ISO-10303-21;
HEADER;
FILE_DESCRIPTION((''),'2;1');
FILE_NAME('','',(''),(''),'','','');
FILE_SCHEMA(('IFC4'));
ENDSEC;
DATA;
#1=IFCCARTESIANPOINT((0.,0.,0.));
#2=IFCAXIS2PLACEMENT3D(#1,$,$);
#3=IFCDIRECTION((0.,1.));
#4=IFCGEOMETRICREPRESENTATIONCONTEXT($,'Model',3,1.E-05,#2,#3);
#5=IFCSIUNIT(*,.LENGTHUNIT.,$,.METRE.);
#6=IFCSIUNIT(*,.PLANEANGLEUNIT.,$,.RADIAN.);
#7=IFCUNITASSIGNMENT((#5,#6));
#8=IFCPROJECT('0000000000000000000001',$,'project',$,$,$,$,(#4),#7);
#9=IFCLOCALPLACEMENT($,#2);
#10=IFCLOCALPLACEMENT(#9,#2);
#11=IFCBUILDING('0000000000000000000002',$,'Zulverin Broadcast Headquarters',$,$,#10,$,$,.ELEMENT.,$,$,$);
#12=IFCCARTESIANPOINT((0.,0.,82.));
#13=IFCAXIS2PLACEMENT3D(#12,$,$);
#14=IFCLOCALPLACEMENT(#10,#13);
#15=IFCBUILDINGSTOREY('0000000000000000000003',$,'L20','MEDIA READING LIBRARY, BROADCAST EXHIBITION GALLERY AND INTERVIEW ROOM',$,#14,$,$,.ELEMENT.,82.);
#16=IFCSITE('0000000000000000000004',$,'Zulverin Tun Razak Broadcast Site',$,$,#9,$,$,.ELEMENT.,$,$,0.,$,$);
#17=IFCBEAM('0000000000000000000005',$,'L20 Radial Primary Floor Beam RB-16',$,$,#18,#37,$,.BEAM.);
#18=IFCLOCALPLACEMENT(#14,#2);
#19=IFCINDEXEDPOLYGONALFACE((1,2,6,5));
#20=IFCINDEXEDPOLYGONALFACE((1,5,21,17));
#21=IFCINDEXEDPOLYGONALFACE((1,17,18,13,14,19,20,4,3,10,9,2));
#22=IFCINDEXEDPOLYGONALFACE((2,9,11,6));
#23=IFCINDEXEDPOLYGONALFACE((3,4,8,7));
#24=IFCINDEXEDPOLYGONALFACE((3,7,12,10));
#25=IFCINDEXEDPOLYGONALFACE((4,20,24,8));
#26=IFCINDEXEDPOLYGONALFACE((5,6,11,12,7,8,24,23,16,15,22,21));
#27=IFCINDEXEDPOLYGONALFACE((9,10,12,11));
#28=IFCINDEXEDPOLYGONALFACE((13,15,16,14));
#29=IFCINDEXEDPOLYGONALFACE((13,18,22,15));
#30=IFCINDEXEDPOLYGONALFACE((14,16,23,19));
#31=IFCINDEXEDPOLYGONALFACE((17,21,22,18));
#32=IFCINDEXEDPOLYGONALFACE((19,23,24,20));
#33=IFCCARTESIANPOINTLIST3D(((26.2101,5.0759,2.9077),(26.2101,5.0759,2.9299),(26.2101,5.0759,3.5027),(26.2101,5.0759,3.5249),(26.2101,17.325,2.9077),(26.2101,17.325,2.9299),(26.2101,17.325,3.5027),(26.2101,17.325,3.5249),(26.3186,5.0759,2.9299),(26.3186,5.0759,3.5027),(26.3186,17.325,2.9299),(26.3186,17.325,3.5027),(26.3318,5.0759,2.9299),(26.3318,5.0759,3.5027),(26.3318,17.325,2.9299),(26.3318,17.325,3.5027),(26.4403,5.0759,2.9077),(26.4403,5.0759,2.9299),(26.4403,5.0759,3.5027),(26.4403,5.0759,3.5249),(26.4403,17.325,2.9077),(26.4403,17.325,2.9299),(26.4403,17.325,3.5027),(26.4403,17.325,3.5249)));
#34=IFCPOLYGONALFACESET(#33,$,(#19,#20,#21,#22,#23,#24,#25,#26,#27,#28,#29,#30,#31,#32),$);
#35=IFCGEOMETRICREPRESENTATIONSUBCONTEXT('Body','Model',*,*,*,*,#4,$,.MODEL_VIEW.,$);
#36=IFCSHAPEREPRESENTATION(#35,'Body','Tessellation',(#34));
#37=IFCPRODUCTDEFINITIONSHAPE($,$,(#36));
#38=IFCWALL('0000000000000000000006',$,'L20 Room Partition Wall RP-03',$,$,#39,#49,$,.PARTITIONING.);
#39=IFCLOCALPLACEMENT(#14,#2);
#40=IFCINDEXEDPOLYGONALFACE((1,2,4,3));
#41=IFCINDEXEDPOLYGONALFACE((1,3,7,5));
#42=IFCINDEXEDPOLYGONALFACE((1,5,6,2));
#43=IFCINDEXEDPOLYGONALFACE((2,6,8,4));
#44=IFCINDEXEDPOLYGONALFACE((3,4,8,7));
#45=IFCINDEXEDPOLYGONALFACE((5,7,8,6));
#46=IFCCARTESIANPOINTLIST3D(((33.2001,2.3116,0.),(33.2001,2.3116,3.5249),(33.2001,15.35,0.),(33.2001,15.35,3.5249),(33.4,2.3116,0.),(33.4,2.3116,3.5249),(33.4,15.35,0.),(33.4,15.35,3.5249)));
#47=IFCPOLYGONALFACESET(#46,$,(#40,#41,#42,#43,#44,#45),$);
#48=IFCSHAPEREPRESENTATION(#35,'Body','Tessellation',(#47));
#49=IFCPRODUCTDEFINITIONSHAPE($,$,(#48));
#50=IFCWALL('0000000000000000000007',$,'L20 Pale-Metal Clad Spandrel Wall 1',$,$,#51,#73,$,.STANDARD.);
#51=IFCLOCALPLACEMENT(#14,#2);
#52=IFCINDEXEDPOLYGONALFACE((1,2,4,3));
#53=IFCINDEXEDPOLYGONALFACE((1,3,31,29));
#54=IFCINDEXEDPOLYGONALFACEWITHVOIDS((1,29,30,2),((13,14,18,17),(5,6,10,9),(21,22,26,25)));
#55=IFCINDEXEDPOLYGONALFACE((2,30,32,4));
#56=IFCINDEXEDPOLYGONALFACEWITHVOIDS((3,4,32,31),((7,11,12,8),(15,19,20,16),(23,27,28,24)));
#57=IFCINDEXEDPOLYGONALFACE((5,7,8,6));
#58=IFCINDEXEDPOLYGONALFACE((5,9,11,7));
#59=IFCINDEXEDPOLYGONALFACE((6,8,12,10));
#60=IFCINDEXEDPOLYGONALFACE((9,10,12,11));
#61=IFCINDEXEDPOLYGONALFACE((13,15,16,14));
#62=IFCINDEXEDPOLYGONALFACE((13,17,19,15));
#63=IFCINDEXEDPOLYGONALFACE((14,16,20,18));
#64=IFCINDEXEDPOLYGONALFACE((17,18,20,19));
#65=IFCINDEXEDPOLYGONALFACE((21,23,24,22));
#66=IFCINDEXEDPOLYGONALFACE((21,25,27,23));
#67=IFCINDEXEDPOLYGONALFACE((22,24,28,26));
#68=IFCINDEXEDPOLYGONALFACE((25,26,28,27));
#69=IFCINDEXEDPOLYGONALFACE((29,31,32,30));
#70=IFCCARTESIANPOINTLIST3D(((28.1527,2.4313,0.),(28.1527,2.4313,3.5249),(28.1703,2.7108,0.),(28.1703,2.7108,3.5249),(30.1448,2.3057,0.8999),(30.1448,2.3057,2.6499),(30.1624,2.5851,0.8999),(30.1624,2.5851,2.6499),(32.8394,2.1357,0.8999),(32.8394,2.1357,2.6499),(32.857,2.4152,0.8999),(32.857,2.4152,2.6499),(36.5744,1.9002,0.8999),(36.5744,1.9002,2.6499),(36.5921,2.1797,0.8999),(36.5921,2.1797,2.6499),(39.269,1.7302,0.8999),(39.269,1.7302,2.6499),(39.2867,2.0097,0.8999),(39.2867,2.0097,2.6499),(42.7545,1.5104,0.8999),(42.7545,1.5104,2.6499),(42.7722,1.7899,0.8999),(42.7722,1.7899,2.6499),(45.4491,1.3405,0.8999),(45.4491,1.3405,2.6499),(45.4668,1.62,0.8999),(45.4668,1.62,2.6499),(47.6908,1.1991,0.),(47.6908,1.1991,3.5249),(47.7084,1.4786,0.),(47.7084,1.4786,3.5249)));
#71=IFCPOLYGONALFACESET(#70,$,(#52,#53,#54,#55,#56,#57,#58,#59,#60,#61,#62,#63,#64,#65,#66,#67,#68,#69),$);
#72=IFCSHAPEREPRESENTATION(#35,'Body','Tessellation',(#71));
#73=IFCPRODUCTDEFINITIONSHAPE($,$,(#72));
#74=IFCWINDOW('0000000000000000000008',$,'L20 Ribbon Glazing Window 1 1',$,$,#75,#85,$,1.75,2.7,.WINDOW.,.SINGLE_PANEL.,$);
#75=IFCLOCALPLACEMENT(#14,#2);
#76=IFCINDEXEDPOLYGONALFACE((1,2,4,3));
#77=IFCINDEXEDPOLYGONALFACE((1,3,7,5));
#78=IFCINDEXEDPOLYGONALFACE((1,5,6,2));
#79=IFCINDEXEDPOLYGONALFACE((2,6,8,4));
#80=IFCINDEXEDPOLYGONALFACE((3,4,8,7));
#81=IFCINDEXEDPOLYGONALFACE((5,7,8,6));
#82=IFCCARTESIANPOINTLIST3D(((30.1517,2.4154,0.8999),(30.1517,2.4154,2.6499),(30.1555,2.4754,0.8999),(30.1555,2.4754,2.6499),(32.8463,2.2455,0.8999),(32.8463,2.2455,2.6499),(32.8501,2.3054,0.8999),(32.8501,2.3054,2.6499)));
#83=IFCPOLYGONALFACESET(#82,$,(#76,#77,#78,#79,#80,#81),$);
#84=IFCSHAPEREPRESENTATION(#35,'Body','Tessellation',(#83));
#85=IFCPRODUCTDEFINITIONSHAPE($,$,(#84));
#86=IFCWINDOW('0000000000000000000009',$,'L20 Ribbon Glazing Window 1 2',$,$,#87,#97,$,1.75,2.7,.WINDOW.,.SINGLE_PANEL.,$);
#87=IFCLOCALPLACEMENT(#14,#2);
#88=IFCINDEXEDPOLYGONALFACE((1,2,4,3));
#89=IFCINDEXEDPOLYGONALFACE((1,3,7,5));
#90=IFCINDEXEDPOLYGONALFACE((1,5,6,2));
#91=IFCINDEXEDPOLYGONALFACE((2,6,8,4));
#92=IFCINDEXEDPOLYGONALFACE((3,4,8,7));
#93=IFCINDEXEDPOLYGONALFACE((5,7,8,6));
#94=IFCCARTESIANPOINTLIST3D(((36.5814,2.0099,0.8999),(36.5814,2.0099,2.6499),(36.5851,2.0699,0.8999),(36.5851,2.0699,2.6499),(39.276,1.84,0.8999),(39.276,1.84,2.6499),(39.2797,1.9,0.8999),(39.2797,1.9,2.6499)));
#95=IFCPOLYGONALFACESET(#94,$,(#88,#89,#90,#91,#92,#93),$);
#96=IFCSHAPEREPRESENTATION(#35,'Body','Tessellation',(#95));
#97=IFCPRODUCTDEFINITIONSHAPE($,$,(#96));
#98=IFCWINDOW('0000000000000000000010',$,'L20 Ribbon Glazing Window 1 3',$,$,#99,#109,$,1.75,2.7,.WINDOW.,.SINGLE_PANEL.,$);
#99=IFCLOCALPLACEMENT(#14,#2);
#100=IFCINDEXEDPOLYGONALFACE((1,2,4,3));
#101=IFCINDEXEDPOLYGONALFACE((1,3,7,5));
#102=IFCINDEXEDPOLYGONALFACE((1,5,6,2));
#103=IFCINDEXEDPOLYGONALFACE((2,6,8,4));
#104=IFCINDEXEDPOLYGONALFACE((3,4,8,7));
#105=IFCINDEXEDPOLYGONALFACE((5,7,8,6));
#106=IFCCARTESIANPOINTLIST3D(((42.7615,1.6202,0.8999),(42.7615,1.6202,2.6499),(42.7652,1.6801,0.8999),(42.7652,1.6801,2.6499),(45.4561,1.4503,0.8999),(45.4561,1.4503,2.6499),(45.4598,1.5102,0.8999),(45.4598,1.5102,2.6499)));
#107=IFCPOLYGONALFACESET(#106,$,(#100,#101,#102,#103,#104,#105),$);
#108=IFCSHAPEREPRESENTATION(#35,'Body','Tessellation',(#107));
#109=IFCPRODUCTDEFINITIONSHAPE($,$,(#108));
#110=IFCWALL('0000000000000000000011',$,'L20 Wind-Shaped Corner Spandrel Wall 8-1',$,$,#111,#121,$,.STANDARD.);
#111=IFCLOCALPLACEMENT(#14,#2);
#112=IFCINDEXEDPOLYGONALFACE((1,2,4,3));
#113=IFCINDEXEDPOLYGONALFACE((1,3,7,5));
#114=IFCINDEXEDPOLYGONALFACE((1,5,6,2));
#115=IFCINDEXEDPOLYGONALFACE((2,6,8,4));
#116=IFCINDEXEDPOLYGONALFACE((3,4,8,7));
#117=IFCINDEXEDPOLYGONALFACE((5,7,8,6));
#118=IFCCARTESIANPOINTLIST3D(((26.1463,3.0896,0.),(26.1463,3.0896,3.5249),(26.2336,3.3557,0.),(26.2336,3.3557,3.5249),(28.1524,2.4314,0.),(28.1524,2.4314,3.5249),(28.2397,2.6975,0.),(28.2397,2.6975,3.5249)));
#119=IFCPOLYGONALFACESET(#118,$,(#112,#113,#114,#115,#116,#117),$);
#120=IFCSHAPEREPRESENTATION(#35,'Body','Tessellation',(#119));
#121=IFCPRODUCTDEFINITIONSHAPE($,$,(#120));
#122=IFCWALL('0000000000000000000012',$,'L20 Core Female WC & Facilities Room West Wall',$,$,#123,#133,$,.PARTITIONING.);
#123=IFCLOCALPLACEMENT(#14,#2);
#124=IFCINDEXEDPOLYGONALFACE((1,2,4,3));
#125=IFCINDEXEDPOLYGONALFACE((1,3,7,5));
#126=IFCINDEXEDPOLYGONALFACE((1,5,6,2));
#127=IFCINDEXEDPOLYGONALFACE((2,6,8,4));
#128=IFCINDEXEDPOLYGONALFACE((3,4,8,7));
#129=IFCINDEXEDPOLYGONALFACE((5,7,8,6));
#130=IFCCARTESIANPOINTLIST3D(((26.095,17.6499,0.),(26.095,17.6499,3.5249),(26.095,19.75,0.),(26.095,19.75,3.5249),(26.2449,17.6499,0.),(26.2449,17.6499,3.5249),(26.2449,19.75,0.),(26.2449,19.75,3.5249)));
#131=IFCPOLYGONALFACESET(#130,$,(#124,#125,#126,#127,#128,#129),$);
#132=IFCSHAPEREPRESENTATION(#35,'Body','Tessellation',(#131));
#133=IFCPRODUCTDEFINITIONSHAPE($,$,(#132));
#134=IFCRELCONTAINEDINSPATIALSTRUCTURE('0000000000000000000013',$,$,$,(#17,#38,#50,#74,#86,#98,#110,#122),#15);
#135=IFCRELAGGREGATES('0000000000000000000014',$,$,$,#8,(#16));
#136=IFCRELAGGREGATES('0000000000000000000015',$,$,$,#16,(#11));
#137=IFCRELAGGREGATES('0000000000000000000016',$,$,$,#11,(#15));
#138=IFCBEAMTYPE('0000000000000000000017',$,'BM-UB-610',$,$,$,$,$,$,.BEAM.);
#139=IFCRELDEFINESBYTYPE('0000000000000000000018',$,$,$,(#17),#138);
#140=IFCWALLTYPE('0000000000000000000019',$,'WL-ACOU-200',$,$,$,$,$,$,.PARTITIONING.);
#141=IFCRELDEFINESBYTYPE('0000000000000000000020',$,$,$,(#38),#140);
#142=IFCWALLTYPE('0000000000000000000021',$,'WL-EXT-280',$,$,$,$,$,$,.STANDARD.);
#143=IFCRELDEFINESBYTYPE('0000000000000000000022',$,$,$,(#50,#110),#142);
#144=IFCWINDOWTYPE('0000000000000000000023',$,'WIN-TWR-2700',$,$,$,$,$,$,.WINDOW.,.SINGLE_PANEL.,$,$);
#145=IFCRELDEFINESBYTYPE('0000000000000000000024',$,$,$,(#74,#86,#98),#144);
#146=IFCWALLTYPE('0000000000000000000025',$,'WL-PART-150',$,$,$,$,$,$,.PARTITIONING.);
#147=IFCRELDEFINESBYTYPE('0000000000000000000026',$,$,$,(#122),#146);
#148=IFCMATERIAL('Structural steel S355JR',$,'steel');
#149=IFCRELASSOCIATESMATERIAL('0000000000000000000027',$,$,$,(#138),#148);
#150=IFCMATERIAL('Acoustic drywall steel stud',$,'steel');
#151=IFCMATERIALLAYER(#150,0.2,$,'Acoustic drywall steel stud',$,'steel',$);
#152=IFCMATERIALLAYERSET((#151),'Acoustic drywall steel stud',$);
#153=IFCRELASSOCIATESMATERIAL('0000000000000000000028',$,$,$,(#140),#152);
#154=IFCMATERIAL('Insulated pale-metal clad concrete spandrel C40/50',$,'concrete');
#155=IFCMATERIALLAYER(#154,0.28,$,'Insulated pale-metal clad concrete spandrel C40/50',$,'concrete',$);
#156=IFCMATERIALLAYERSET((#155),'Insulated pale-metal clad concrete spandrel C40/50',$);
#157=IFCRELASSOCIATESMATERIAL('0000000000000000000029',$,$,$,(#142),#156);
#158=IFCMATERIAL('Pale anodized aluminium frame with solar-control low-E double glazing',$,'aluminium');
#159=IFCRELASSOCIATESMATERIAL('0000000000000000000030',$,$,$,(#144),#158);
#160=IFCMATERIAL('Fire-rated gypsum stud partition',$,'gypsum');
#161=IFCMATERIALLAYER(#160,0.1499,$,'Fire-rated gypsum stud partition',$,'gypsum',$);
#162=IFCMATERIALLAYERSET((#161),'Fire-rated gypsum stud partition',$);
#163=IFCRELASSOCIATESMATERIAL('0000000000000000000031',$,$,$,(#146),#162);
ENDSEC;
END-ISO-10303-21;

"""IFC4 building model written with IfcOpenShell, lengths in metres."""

from ifc_helpers import new_model, si_unit, direction, frame, frame_2d, origin, origin_2d, place, context, subcontext, project, spatial, rectangle, i_section, extrude, material, layer, layer_set, material_profile, profile_set, type_object, element, fill, save


model = new_model("IFC4")

# Units and contexts
model_context = context("Model", 3, precision=1e-05, world=origin(), true_north=direction((0.0, 1.0)))
body_context = subcontext(model_context, "Body", "Model", "MODEL_VIEW")
ifc_project = project(units=[si_unit("LENGTHUNIT", "METRE"), si_unit("PLANEANGLEUNIT", "RADIAN")], contexts=[model_context])

# Site, building, storey
site_placement = place(None, origin())
site = spatial("IfcSite", under=ifc_project, at=site_placement, Name="Zulverin Tun Razak Broadcast Site", CompositionType="ELEMENT", RefElevation=0.0)
building_placement = place(site_placement, origin())
building = spatial("IfcBuilding", under=site, at=building_placement, Name="Zulverin Broadcast Headquarters", CompositionType="ELEMENT")
storey_placement = place(building_placement, frame((0.0, 0.0, 82.0)))
storey = spatial("IfcBuildingStorey", under=building, at=storey_placement, Name="L20", Description="MEDIA READING LIBRARY, BROADCAST EXHIBITION GALLERY AND INTERVIEW ROOM", CompositionType="ELEMENT", Elevation=82.0)

# Beam
ifc_material_1 = material(Name="Structural steel S355JR", Category="steel")
ifc_material_profile_1 = material_profile(ifc_material_1, i_section(OverallWidth=0.2302, OverallDepth=0.6172, WebThickness=0.0132, FlangeThickness=0.0222, at=origin_2d()), Name="Structural steel S355JR", Category="steel")
ifc_profile_set_1 = profile_set([ifc_material_profile_1], Name="Structural steel S355JR")
beam_type_1 = type_object("IfcBeamType", Name="BM-UB-610", PredefinedType="BEAM", material=ifc_profile_set_1)
beam_1_placement = place(storey_placement, frame((26.3252, 17.325, 3.2163), z_axis=(0.0, -1.0, 0.0), x_axis=(1.0, 0.0, 0.0)))
element("IfcBeam", 1, at=beam_1_placement, inside=storey, type_object=beam_type_1, Name="L20 Radial Primary Floor Beam RB-16", PredefinedType="BEAM", context=body_context, shape_type="SweptSolid", body=[
    extrude(i_section(OverallWidth=0.2302, OverallDepth=0.6172, WebThickness=0.0132, FlangeThickness=0.0222, at=origin_2d()), origin(), (0.0, 0.0, 1.0), 12.249),
])

# Wall
ifc_material_2 = material(Name="Acoustic drywall steel stud", Category="steel")
ifc_layer_1 = layer(ifc_material_2, 0.2, Name="Acoustic drywall steel stud", Category="steel")
ifc_layer_set_1 = layer_set([ifc_layer_1], Name="Acoustic drywall steel stud")
wall_type_1 = type_object("IfcWallType", Name="WL-ACOU-200", PredefinedType="PARTITIONING", material=ifc_layer_set_1)
wall_1_placement = place(storey_placement, frame((33.3, 2.3118, 0.0), z_axis=(0.0, 0.0, 1.0), x_axis=(0.0, 1.0, 0.0)))
element("IfcWall", 2, at=wall_1_placement, inside=storey, type_object=wall_type_1, Name="L20 Room Partition Wall RP-03", PredefinedType="PARTITIONING", context=body_context, shape_type="SweptSolid", body=[
    extrude(rectangle(XDim=13.0383, YDim=0.2, at=frame_2d((6.519, 0.0))), origin(), (0.0, 0.0, 1.0), 3.5249),
])

# Wall, openings, windows
ifc_material_3 = material(Name="Insulated pale-metal clad concrete spandrel C40/50", Category="concrete")
ifc_layer_2 = layer(ifc_material_3, 0.28, Name="Insulated pale-metal clad concrete spandrel C40/50", Category="concrete")
ifc_layer_set_2 = layer_set([ifc_layer_2], Name="Insulated pale-metal clad concrete spandrel C40/50")
wall_type_2 = type_object("IfcWallType", Name="WL-EXT-280", PredefinedType="STANDARD", material=ifc_layer_set_2)
wall_2_placement = place(storey_placement, frame((28.1614, 2.571, 0.0), z_axis=(0.0, 0.0, 1.0), x_axis=(0.998017, -0.06294, 0.0)))
wall_2 = element("IfcWall", 3, at=wall_2_placement, inside=storey, type_object=wall_type_2, Name="L20 Pale-Metal Clad Spandrel Wall 1", PredefinedType="STANDARD", context=body_context, shape_type="SweptSolid", body=[
    extrude(rectangle(XDim=19.5769, YDim=0.28, at=frame_2d((9.7886, 0.0))), origin(), (0.0, 0.0, 1.0), 3.5249),
])
opening_1_placement = place(wall_2_placement, frame((1.9961, 0.0, 0.8999)))
opening_1 = element("IfcOpeningElement", 4, at=opening_1_placement, cuts=wall_2, PredefinedType="OPENING", context=body_context, shape_type="SweptSolid", body=[
    extrude(rectangle(XDim=2.7, YDim=1.75, at=frame_2d((1.3501, 0.875))), frame((0.0, 0.1499, 0.0), z_axis=(0.0, -1.0, 0.0), x_axis=(1.0, 0.0, 0.0)), (0.0, 0.0, 1.0), 0.3),
])
opening_2_placement = place(wall_2_placement, frame((8.4385, 0.0, 0.8999)))
opening_2 = element("IfcOpeningElement", 5, at=opening_2_placement, cuts=wall_2, PredefinedType="OPENING", context=body_context, shape_type="SweptSolid", body=[
    extrude(rectangle(XDim=2.7, YDim=1.75, at=frame_2d((1.3501, 0.875))), frame((0.0, 0.1499, 0.0), z_axis=(0.0, -1.0, 0.0), x_axis=(1.0, 0.0, 0.0)), (0.0, 0.0, 1.0), 0.3),
])
opening_3_placement = place(wall_2_placement, frame((14.6309, 0.0, 0.8999)))
opening_3 = element("IfcOpeningElement", 6, at=opening_3_placement, cuts=wall_2, PredefinedType="OPENING", context=body_context, shape_type="SweptSolid", body=[
    extrude(rectangle(XDim=2.7, YDim=1.75, at=frame_2d((1.3501, 0.875))), frame((0.0, 0.1499, 0.0), z_axis=(0.0, -1.0, 0.0), x_axis=(1.0, 0.0, 0.0)), (0.0, 0.0, 1.0), 0.3),
])
ifc_material_4 = material(Name="Pale anodized aluminium frame with solar-control low-E double glazing", Category="aluminium")
window_type = type_object("IfcWindowType", Name="WIN-TWR-2700", PartitioningType="SINGLE_PANEL", PredefinedType="WINDOW", material=ifc_material_4)
window_1_placement = place(opening_1_placement, origin())
window_1 = element("IfcWindow", 7, at=window_1_placement, inside=storey, type_object=window_type, Name="L20 Ribbon Glazing Window 1 1", OverallHeight=1.75, OverallWidth=2.7, PartitioningType="SINGLE_PANEL", PredefinedType="WINDOW", context=body_context, shape_type="SweptSolid", body=[
    extrude(rectangle(XDim=2.7, YDim=1.75, at=frame_2d((1.3501, 0.875))), frame((0.0, 0.03, 0.0), z_axis=(0.0, -1.0, 0.0), x_axis=(1.0, 0.0, 0.0)), (0.0, 0.0, 1.0), 0.0601),
])
fill(opening_1, window_1)
window_2_placement = place(opening_2_placement, origin())
window_2 = element("IfcWindow", 8, at=window_2_placement, inside=storey, type_object=window_type, Name="L20 Ribbon Glazing Window 1 2", OverallHeight=1.75, OverallWidth=2.7, PartitioningType="SINGLE_PANEL", PredefinedType="WINDOW", context=body_context, shape_type="SweptSolid", body=[
    extrude(rectangle(XDim=2.7, YDim=1.75, at=frame_2d((1.3501, 0.875))), frame((0.0, 0.03, 0.0), z_axis=(0.0, -1.0, 0.0), x_axis=(1.0, 0.0, 0.0)), (0.0, 0.0, 1.0), 0.0601),
])
fill(opening_2, window_2)
window_3_placement = place(opening_3_placement, origin())
window_3 = element("IfcWindow", 9, at=window_3_placement, inside=storey, type_object=window_type, Name="L20 Ribbon Glazing Window 1 3", OverallHeight=1.75, OverallWidth=2.7, PartitioningType="SINGLE_PANEL", PredefinedType="WINDOW", context=body_context, shape_type="SweptSolid", body=[
    extrude(rectangle(XDim=2.7, YDim=1.75, at=frame_2d((1.3501, 0.875))), frame((0.0, 0.03, 0.0), z_axis=(0.0, -1.0, 0.0), x_axis=(1.0, 0.0, 0.0)), (0.0, 0.0, 1.0), 0.0601),
])
fill(opening_3, window_3)

# Walls
wall_3_placement = place(storey_placement, frame((26.1899, 3.2227, 0.0), z_axis=(0.0, 0.0, 1.0), x_axis=(0.950164, -0.311749, 0.0)))
element("IfcWall", 10, at=wall_3_placement, inside=storey, type_object=wall_type_2, Name="L20 Wind-Shaped Corner Spandrel Wall 8-1", PredefinedType="STANDARD", context=body_context, shape_type="SweptSolid", body=[
    extrude(rectangle(XDim=2.1113, YDim=0.28, at=frame_2d((1.0557, 0.0))), origin(), (0.0, 0.0, 1.0), 3.5249),
])
ifc_material_5 = material(Name="Fire-rated gypsum stud partition", Category="gypsum")
ifc_layer_3 = layer(ifc_material_5, 0.1499, Name="Fire-rated gypsum stud partition", Category="gypsum")
ifc_layer_set_3 = layer_set([ifc_layer_3], Name="Fire-rated gypsum stud partition")
wall_type_3 = type_object("IfcWallType", Name="WL-PART-150", PredefinedType="PARTITIONING", material=ifc_layer_set_3)
wall_4_placement = place(storey_placement, frame((26.1699, 17.6499, 0.0), z_axis=(0.0, 0.0, 1.0), x_axis=(0.0, 1.0, 0.0)))
element("IfcWall", 11, at=wall_4_placement, inside=storey, type_object=wall_type_3, Name="L20 Core Female WC & Facilities Room West Wall", PredefinedType="PARTITIONING", context=body_context, shape_type="SweptSolid", body=[
    extrude(rectangle(XDim=2.1001, YDim=0.1499, at=frame_2d((1.05, 0.0))), origin(), (0.0, 0.0, 1.0), 3.5249),
])

save(model, "model.ifc")
